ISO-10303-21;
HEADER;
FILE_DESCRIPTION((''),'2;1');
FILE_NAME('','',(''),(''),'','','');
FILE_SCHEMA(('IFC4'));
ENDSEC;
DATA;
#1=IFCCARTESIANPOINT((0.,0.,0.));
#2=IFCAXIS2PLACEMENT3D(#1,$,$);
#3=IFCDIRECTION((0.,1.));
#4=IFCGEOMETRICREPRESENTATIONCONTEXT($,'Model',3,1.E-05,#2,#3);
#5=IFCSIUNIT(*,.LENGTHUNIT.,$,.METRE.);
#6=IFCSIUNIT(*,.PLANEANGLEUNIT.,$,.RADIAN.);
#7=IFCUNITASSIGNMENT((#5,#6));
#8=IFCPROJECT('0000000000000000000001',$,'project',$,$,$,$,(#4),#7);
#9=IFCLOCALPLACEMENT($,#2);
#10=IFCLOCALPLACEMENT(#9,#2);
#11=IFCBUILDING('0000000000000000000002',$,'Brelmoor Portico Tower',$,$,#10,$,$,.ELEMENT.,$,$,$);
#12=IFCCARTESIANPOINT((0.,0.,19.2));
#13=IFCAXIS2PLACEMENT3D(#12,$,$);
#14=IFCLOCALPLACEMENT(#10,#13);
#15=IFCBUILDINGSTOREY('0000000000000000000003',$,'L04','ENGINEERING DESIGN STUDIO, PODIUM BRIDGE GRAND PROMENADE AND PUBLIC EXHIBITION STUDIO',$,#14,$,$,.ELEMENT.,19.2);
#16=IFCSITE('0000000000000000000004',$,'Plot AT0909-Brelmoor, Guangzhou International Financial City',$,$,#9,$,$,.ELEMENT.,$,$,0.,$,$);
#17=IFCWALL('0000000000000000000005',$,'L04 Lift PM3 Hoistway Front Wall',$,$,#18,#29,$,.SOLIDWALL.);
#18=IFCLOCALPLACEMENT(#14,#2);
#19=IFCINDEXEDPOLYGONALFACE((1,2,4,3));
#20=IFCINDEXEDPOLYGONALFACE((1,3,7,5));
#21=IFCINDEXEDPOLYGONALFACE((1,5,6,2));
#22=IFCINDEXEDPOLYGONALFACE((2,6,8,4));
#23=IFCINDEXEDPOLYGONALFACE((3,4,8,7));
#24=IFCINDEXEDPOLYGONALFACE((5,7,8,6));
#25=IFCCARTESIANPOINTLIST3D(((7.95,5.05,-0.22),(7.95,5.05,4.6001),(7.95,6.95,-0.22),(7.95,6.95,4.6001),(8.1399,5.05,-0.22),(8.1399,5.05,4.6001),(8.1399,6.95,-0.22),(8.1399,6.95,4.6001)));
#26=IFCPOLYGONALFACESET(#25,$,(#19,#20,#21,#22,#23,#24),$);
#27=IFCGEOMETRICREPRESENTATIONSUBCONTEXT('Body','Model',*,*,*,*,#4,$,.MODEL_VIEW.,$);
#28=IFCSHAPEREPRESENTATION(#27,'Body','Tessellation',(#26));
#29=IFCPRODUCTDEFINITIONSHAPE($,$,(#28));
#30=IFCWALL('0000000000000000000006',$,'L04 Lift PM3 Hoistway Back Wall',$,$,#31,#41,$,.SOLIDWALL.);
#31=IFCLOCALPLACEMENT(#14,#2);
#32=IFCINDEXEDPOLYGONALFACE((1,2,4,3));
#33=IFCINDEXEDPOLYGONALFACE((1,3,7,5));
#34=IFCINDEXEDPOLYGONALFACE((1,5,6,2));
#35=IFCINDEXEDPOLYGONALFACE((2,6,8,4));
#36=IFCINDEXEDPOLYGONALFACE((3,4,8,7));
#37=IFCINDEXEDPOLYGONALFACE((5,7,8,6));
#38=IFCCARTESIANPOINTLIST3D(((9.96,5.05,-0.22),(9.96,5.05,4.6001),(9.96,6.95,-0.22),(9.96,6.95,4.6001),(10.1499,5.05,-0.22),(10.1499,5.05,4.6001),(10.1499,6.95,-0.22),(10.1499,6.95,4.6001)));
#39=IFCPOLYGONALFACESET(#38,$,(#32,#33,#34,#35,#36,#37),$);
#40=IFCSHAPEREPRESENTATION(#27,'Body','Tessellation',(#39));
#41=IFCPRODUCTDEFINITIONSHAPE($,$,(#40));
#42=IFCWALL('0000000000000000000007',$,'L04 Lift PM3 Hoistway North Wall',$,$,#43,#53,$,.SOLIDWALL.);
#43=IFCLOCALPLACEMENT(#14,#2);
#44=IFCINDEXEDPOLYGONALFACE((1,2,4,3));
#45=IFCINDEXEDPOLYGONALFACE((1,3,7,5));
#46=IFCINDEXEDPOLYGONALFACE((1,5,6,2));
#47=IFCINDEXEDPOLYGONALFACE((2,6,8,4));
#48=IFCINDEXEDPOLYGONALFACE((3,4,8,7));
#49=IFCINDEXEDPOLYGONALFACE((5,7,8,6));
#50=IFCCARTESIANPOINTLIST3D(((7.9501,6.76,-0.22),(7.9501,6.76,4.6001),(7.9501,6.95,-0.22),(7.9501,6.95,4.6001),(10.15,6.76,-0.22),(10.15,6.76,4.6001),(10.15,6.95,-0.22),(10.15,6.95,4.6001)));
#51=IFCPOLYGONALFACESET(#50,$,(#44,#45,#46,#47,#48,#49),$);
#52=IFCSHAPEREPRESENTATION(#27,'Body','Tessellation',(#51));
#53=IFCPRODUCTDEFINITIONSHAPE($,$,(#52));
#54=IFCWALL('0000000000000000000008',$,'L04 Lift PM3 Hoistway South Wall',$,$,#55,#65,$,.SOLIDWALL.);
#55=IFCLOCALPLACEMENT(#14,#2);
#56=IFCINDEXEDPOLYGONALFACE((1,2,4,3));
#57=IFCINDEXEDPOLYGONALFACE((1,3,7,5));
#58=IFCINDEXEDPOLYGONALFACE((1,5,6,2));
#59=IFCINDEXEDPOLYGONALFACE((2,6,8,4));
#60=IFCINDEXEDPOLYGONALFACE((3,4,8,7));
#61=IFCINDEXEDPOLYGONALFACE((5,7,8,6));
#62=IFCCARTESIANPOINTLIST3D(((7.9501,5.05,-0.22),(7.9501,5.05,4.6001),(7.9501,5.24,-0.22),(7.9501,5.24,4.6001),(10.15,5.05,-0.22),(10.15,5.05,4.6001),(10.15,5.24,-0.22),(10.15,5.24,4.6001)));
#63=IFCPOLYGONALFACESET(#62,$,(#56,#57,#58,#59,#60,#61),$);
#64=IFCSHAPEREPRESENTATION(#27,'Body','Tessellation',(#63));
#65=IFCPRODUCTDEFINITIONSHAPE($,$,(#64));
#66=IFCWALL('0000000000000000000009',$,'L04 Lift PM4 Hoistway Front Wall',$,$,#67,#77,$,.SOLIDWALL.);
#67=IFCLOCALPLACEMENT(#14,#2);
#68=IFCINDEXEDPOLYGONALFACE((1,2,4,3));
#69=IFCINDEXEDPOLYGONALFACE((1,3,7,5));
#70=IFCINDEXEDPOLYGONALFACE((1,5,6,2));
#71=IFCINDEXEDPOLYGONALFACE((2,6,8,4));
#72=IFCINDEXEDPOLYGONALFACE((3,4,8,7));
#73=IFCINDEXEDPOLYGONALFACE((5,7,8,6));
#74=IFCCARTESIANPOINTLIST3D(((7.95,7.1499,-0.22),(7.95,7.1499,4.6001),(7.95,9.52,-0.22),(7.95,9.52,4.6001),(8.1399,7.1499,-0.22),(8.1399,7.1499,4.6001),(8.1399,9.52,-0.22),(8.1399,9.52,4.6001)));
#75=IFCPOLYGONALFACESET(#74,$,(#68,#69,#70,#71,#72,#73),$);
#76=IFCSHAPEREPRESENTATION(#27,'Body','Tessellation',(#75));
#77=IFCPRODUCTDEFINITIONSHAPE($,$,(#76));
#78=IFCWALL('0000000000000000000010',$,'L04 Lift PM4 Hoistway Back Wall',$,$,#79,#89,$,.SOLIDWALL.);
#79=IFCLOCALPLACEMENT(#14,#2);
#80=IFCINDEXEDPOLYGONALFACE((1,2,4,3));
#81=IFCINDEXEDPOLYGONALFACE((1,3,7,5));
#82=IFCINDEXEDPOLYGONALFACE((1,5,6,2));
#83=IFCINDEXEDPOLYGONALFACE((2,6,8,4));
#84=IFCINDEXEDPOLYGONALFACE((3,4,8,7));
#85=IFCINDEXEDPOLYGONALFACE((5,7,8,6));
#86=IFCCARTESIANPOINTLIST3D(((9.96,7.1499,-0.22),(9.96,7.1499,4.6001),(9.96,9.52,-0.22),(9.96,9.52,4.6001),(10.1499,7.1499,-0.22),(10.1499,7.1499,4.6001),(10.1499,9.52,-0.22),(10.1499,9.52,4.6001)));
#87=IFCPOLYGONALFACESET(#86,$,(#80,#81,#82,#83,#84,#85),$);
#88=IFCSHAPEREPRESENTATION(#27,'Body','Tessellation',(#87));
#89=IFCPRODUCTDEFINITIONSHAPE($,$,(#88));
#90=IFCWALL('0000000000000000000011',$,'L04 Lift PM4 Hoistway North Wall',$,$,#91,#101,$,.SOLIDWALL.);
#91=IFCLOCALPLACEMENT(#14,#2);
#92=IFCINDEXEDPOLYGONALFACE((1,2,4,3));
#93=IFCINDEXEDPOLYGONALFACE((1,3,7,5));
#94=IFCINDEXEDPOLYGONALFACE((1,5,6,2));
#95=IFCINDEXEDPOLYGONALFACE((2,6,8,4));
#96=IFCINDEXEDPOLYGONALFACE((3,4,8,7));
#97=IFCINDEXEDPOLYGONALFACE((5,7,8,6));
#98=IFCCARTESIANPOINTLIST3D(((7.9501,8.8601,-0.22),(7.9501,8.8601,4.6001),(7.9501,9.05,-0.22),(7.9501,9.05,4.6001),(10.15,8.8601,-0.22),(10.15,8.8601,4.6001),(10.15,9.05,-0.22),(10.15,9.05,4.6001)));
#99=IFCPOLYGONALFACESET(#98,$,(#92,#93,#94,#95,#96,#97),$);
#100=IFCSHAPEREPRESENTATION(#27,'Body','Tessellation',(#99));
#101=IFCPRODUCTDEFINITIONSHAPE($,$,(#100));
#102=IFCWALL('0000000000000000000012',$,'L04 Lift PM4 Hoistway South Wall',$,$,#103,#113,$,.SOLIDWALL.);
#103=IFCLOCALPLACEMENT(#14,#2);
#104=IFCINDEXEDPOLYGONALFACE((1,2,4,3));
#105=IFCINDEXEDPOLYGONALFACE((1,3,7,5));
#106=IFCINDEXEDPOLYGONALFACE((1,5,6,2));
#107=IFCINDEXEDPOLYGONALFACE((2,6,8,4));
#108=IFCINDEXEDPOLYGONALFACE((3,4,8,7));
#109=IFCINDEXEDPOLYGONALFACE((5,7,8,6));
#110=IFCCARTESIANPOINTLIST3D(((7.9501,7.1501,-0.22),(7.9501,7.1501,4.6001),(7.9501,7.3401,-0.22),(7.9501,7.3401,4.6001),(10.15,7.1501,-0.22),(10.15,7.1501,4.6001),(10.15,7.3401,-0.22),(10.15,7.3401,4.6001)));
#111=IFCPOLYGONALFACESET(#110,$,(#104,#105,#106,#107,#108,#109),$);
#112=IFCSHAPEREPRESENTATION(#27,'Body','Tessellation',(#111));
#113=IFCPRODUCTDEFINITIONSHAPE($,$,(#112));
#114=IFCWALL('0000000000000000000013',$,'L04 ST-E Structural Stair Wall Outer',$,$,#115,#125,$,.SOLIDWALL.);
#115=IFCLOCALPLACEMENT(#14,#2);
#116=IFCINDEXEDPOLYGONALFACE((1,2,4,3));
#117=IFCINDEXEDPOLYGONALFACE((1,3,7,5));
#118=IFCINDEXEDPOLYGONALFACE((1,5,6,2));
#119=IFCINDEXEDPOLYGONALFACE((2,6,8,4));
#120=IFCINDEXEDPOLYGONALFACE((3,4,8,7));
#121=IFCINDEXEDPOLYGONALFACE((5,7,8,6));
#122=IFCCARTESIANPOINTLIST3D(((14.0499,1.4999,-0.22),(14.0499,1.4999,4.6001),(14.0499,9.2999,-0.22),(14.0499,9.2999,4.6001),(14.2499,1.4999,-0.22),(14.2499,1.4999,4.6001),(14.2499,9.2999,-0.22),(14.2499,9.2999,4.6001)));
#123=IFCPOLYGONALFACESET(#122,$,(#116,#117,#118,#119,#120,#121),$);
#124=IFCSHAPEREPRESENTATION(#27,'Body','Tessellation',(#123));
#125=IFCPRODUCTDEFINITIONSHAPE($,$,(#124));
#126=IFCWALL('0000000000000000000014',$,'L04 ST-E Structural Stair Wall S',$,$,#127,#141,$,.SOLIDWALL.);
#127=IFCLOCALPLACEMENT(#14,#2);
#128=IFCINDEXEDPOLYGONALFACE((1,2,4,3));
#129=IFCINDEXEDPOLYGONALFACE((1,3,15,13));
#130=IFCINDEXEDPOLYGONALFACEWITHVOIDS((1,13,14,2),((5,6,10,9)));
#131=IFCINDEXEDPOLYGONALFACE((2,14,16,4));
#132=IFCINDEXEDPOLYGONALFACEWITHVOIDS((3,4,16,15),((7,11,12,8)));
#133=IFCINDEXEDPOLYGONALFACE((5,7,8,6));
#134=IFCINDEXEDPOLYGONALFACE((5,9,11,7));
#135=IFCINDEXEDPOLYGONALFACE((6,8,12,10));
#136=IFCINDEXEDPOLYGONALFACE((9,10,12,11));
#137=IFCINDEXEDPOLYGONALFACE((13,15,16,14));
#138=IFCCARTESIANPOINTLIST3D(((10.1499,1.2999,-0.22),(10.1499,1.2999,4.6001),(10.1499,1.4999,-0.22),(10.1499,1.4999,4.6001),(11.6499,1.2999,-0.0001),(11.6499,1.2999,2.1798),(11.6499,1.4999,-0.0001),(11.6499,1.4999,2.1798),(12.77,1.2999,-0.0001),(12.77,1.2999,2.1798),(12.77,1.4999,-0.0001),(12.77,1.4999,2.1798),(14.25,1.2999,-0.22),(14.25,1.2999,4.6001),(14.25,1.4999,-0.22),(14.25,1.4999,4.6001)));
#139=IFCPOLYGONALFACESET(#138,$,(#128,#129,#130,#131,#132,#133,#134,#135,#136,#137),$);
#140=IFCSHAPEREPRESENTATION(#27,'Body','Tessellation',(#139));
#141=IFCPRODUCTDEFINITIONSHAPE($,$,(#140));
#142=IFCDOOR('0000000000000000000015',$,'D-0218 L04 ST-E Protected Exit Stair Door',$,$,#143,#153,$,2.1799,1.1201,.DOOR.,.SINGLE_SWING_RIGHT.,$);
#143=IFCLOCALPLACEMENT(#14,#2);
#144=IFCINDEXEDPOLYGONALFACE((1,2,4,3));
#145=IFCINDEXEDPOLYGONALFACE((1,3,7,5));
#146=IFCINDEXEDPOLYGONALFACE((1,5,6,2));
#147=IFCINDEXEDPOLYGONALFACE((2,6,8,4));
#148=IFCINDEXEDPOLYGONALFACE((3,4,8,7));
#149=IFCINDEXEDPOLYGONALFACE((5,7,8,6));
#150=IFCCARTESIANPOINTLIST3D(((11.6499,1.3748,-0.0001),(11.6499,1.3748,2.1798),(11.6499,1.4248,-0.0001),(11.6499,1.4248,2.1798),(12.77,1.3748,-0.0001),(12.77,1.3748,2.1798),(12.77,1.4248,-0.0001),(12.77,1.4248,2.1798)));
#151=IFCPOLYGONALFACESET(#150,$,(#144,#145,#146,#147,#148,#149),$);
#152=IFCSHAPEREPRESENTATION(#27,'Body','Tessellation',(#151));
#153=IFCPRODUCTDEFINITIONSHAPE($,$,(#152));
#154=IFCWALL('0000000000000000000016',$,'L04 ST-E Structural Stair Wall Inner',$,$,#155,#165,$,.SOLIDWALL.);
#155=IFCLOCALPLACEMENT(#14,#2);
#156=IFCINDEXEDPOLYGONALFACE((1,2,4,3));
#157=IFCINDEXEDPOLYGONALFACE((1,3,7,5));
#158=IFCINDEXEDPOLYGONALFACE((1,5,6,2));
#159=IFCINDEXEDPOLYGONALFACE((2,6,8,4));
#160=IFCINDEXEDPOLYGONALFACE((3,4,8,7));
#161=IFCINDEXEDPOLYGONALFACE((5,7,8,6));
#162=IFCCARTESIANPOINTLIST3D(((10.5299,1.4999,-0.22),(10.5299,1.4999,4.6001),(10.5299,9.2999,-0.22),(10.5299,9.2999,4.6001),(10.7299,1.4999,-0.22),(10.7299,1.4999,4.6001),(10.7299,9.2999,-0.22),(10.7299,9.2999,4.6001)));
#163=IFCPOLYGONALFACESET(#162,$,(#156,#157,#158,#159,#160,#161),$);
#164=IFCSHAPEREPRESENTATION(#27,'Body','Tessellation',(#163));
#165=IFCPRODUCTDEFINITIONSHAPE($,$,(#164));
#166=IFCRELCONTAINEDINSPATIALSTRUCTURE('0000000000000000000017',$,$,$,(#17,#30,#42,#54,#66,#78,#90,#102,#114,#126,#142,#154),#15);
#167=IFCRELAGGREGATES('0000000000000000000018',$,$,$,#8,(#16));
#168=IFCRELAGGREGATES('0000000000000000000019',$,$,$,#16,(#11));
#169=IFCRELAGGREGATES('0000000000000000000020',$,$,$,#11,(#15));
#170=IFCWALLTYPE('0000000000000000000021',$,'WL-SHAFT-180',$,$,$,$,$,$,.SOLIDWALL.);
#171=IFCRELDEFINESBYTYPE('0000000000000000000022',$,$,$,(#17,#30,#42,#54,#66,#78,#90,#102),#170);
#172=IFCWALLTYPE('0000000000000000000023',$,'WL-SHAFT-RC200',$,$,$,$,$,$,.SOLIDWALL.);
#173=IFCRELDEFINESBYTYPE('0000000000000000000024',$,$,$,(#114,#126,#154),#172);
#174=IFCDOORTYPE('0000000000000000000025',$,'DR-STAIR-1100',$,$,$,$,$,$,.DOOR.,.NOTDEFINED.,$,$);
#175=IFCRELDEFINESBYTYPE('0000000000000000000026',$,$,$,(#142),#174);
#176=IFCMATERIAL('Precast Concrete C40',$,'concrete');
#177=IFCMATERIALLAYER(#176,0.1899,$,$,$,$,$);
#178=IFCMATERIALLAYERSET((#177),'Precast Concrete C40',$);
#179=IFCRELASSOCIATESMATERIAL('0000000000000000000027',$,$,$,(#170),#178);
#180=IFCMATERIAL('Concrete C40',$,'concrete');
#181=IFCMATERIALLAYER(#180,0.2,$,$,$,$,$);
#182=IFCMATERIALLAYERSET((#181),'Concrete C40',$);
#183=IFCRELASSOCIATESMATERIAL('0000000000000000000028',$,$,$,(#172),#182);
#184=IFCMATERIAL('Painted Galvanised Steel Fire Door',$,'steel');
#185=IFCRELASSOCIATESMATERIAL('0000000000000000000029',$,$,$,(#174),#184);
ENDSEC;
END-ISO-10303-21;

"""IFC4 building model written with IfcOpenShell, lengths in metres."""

from ifc_helpers import new_model, si_unit, direction, frame, frame_2d, origin, place, context, subcontext, project, spatial, rectangle, extrude, material, layer, layer_set, type_object, element, fill, save


model = new_model("IFC4")

# Units and contexts
model_context = context("Model", 3, precision=1e-05, world=origin(), true_north=direction((0.0, 1.0)))
body_context = subcontext(model_context, "Body", "Model", "MODEL_VIEW")
ifc_project = project(units=[si_unit("LENGTHUNIT", "METRE"), si_unit("PLANEANGLEUNIT", "RADIAN")], contexts=[model_context])

# Site, building, storey
site_placement = place(None, origin())
site = spatial("IfcSite", under=ifc_project, at=site_placement, Name="Plot AT0909-Brelmoor, Guangzhou International Financial City", CompositionType="ELEMENT", RefElevation=0.0)
building_placement = place(site_placement, origin())
building = spatial("IfcBuilding", under=site, at=building_placement, Name="Brelmoor Portico Tower", CompositionType="ELEMENT")
storey_placement = place(building_placement, frame((0.0, 0.0, 19.2)))
storey = spatial("IfcBuildingStorey", under=building, at=storey_placement, Name="L04", Description="ENGINEERING DESIGN STUDIO, PODIUM BRIDGE GRAND PROMENADE AND PUBLIC EXHIBITION STUDIO", CompositionType="ELEMENT", Elevation=19.2)

# Walls
ifc_material_1 = material(Name="Precast Concrete C40", Category="concrete")
ifc_layer_1 = layer(ifc_material_1, 0.1899)
ifc_layer_set_1 = layer_set([ifc_layer_1], Name="Precast Concrete C40")
wall_type_1 = type_object("IfcWallType", Name="WL-SHAFT-180", PredefinedType="SOLIDWALL", material=ifc_layer_set_1)
for number, where, z_axis, x_axis, name in (
    (1, (8.0449, 5.05, -0.22), (0.0, 0.0, 1.0), (0.0, 1.0, 0.0), "L04 Lift PM3 Hoistway Front Wall"),
    (2, (10.0549, 5.05, -0.22), (0.0, 0.0, 1.0), (0.0, 1.0, 0.0), "L04 Lift PM3 Hoistway Back Wall"),
):
    element("IfcWall", number, at=place(storey_placement, frame(where, z_axis=z_axis, x_axis=x_axis)), inside=storey, type_object=wall_type_1, Name=name, PredefinedType="SOLIDWALL", context=body_context, shape_type="SweptSolid", body=[
        extrude(rectangle(XDim=1.8999, YDim=0.1899, at=frame_2d((0.95, 0.0))), origin(), (0.0, 0.0, 1.0), 4.8201),
    ])
for number, where, z_axis, x_axis, name in (
    (3, (7.95, 6.855, -0.22), (0.0, 0.0, 1.0), (1.0, 0.0, 0.0), "L04 Lift PM3 Hoistway North Wall"),
    (4, (7.95, 5.145, -0.22), (0.0, 0.0, 1.0), (1.0, 0.0, 0.0), "L04 Lift PM3 Hoistway South Wall"),
):
    element("IfcWall", number, at=place(storey_placement, frame(where, z_axis=z_axis, x_axis=x_axis)), inside=storey, type_object=wall_type_1, Name=name, PredefinedType="SOLIDWALL", context=body_context, shape_type="SweptSolid", body=[
        extrude(rectangle(XDim=2.2, YDim=0.1899, at=frame_2d((1.1001, 0.0))), origin(), (0.0, 0.0, 1.0), 4.8201),
    ])
for number, where, z_axis, x_axis, name in (
    (5, (8.0449, 7.1499, -0.22), (0.0, 0.0, 1.0), (0.0, 1.0, 0.0), "L04 Lift PM4 Hoistway Front Wall"),
    (6, (10.0549, 7.1499, -0.22), (0.0, 0.0, 1.0), (0.0, 1.0, 0.0), "L04 Lift PM4 Hoistway Back Wall"),
):
    element("IfcWall", number, at=place(storey_placement, frame(where, z_axis=z_axis, x_axis=x_axis)), inside=storey, type_object=wall_type_1, Name=name, PredefinedType="SOLIDWALL", context=body_context, shape_type="SweptSolid", body=[
        extrude(rectangle(XDim=2.3701, YDim=0.1899, at=frame_2d((1.1851, 0.0))), origin(), (0.0, 0.0, 1.0), 4.8201),
    ])
for number, where, z_axis, x_axis, name in (
    (7, (7.95, 8.9551, -0.22), (0.0, 0.0, 1.0), (1.0, 0.0, 0.0), "L04 Lift PM4 Hoistway North Wall"),
    (8, (7.95, 7.2451, -0.22), (0.0, 0.0, 1.0), (1.0, 0.0, 0.0), "L04 Lift PM4 Hoistway South Wall"),
):
    element("IfcWall", number, at=place(storey_placement, frame(where, z_axis=z_axis, x_axis=x_axis)), inside=storey, type_object=wall_type_1, Name=name, PredefinedType="SOLIDWALL", context=body_context, shape_type="SweptSolid", body=[
        extrude(rectangle(XDim=2.2, YDim=0.1899, at=frame_2d((1.1001, 0.0))), origin(), (0.0, 0.0, 1.0), 4.8201),
    ])
ifc_material_2 = material(Name="Concrete C40", Category="concrete")
ifc_layer_2 = layer(ifc_material_2, 0.2)
ifc_layer_set_2 = layer_set([ifc_layer_2], Name="Concrete C40")
wall_type_2 = type_object("IfcWallType", Name="WL-SHAFT-RC200", PredefinedType="SOLIDWALL", material=ifc_layer_set_2)
wall_1_placement = place(storey_placement, frame((14.1499, 1.5, -0.22), z_axis=(0.0, 0.0, 1.0), x_axis=(0.0, 1.0, 0.0)))
element("IfcWall", 9, at=wall_1_placement, inside=storey, type_object=wall_type_2, Name="L04 ST-E Structural Stair Wall Outer", PredefinedType="SOLIDWALL", context=body_context, shape_type="SweptSolid", body=[
    extrude(rectangle(XDim=7.8, YDim=0.2, at=frame_2d((3.8999, 0.0))), origin(), (0.0, 0.0, 1.0), 4.8201),
])

# Wall, opening, door
wall_2_placement = place(storey_placement, frame((10.1499, 1.3999, -0.22), z_axis=(0.0, 0.0, 1.0), x_axis=(1.0, 0.0, 0.0)))
wall_2 = element("IfcWall", 10, at=wall_2_placement, inside=storey, type_object=wall_type_2, Name="L04 ST-E Structural Stair Wall S", PredefinedType="SOLIDWALL", context=body_context, shape_type="SweptSolid", body=[
    extrude(rectangle(XDim=4.1001, YDim=0.2, at=frame_2d((2.05, 0.0))), origin(), (0.0, 0.0, 1.0), 4.8201),
])
opening_placement = place(wall_2_placement, frame((1.5, 0.0, 0.22)))
opening = element("IfcOpeningElement", 11, at=opening_placement, cuts=wall_2, PredefinedType="OPENING", context=body_context, shape_type="SweptSolid", body=[
    extrude(rectangle(XDim=1.1201, YDim=2.1799, at=frame_2d((0.5601, 1.0898))), frame((0.0, 0.1099, 0.0), z_axis=(0.0, -1.0, 0.0), x_axis=(1.0, 0.0, 0.0)), (0.0, 0.0, 1.0), 0.22),
])
ifc_material_3 = material(Name="Painted Galvanised Steel Fire Door", Category="steel")
door_type = type_object("IfcDoorType", Name="DR-STAIR-1100", OperationType="NOTDEFINED", PredefinedType="DOOR", material=ifc_material_3)
door_placement = place(opening_placement, origin())
door = element("IfcDoor", 12, at=door_placement, inside=storey, type_object=door_type, Name="D-0218 L04 ST-E Protected Exit Stair Door", OperationType="SINGLE_SWING_RIGHT", OverallHeight=2.1799, OverallWidth=1.1201, PredefinedType="DOOR", context=body_context, shape_type="SweptSolid", body=[
    extrude(rectangle(XDim=1.1201, YDim=2.1799, at=frame_2d((0.5601, 1.0898))), frame((0.0, 0.0249, 0.0), z_axis=(0.0, -1.0, 0.0), x_axis=(1.0, 0.0, 0.0)), (0.0, 0.0, 1.0), 0.05),
])
fill(opening, door)

# Wall
wall_3_placement = place(storey_placement, frame((10.6299, 1.5, -0.22), z_axis=(0.0, 0.0, 1.0), x_axis=(0.0, 1.0, 0.0)))
element("IfcWall", 13, at=wall_3_placement, inside=storey, type_object=wall_type_2, Name="L04 ST-E Structural Stair Wall Inner", PredefinedType="SOLIDWALL", context=body_context, shape_type="SweptSolid", body=[
    extrude(rectangle(XDim=7.8, YDim=0.2, at=frame_2d((3.8999, 0.0))), origin(), (0.0, 0.0, 1.0), 4.8201),
])

save(model, "model.ifc")
